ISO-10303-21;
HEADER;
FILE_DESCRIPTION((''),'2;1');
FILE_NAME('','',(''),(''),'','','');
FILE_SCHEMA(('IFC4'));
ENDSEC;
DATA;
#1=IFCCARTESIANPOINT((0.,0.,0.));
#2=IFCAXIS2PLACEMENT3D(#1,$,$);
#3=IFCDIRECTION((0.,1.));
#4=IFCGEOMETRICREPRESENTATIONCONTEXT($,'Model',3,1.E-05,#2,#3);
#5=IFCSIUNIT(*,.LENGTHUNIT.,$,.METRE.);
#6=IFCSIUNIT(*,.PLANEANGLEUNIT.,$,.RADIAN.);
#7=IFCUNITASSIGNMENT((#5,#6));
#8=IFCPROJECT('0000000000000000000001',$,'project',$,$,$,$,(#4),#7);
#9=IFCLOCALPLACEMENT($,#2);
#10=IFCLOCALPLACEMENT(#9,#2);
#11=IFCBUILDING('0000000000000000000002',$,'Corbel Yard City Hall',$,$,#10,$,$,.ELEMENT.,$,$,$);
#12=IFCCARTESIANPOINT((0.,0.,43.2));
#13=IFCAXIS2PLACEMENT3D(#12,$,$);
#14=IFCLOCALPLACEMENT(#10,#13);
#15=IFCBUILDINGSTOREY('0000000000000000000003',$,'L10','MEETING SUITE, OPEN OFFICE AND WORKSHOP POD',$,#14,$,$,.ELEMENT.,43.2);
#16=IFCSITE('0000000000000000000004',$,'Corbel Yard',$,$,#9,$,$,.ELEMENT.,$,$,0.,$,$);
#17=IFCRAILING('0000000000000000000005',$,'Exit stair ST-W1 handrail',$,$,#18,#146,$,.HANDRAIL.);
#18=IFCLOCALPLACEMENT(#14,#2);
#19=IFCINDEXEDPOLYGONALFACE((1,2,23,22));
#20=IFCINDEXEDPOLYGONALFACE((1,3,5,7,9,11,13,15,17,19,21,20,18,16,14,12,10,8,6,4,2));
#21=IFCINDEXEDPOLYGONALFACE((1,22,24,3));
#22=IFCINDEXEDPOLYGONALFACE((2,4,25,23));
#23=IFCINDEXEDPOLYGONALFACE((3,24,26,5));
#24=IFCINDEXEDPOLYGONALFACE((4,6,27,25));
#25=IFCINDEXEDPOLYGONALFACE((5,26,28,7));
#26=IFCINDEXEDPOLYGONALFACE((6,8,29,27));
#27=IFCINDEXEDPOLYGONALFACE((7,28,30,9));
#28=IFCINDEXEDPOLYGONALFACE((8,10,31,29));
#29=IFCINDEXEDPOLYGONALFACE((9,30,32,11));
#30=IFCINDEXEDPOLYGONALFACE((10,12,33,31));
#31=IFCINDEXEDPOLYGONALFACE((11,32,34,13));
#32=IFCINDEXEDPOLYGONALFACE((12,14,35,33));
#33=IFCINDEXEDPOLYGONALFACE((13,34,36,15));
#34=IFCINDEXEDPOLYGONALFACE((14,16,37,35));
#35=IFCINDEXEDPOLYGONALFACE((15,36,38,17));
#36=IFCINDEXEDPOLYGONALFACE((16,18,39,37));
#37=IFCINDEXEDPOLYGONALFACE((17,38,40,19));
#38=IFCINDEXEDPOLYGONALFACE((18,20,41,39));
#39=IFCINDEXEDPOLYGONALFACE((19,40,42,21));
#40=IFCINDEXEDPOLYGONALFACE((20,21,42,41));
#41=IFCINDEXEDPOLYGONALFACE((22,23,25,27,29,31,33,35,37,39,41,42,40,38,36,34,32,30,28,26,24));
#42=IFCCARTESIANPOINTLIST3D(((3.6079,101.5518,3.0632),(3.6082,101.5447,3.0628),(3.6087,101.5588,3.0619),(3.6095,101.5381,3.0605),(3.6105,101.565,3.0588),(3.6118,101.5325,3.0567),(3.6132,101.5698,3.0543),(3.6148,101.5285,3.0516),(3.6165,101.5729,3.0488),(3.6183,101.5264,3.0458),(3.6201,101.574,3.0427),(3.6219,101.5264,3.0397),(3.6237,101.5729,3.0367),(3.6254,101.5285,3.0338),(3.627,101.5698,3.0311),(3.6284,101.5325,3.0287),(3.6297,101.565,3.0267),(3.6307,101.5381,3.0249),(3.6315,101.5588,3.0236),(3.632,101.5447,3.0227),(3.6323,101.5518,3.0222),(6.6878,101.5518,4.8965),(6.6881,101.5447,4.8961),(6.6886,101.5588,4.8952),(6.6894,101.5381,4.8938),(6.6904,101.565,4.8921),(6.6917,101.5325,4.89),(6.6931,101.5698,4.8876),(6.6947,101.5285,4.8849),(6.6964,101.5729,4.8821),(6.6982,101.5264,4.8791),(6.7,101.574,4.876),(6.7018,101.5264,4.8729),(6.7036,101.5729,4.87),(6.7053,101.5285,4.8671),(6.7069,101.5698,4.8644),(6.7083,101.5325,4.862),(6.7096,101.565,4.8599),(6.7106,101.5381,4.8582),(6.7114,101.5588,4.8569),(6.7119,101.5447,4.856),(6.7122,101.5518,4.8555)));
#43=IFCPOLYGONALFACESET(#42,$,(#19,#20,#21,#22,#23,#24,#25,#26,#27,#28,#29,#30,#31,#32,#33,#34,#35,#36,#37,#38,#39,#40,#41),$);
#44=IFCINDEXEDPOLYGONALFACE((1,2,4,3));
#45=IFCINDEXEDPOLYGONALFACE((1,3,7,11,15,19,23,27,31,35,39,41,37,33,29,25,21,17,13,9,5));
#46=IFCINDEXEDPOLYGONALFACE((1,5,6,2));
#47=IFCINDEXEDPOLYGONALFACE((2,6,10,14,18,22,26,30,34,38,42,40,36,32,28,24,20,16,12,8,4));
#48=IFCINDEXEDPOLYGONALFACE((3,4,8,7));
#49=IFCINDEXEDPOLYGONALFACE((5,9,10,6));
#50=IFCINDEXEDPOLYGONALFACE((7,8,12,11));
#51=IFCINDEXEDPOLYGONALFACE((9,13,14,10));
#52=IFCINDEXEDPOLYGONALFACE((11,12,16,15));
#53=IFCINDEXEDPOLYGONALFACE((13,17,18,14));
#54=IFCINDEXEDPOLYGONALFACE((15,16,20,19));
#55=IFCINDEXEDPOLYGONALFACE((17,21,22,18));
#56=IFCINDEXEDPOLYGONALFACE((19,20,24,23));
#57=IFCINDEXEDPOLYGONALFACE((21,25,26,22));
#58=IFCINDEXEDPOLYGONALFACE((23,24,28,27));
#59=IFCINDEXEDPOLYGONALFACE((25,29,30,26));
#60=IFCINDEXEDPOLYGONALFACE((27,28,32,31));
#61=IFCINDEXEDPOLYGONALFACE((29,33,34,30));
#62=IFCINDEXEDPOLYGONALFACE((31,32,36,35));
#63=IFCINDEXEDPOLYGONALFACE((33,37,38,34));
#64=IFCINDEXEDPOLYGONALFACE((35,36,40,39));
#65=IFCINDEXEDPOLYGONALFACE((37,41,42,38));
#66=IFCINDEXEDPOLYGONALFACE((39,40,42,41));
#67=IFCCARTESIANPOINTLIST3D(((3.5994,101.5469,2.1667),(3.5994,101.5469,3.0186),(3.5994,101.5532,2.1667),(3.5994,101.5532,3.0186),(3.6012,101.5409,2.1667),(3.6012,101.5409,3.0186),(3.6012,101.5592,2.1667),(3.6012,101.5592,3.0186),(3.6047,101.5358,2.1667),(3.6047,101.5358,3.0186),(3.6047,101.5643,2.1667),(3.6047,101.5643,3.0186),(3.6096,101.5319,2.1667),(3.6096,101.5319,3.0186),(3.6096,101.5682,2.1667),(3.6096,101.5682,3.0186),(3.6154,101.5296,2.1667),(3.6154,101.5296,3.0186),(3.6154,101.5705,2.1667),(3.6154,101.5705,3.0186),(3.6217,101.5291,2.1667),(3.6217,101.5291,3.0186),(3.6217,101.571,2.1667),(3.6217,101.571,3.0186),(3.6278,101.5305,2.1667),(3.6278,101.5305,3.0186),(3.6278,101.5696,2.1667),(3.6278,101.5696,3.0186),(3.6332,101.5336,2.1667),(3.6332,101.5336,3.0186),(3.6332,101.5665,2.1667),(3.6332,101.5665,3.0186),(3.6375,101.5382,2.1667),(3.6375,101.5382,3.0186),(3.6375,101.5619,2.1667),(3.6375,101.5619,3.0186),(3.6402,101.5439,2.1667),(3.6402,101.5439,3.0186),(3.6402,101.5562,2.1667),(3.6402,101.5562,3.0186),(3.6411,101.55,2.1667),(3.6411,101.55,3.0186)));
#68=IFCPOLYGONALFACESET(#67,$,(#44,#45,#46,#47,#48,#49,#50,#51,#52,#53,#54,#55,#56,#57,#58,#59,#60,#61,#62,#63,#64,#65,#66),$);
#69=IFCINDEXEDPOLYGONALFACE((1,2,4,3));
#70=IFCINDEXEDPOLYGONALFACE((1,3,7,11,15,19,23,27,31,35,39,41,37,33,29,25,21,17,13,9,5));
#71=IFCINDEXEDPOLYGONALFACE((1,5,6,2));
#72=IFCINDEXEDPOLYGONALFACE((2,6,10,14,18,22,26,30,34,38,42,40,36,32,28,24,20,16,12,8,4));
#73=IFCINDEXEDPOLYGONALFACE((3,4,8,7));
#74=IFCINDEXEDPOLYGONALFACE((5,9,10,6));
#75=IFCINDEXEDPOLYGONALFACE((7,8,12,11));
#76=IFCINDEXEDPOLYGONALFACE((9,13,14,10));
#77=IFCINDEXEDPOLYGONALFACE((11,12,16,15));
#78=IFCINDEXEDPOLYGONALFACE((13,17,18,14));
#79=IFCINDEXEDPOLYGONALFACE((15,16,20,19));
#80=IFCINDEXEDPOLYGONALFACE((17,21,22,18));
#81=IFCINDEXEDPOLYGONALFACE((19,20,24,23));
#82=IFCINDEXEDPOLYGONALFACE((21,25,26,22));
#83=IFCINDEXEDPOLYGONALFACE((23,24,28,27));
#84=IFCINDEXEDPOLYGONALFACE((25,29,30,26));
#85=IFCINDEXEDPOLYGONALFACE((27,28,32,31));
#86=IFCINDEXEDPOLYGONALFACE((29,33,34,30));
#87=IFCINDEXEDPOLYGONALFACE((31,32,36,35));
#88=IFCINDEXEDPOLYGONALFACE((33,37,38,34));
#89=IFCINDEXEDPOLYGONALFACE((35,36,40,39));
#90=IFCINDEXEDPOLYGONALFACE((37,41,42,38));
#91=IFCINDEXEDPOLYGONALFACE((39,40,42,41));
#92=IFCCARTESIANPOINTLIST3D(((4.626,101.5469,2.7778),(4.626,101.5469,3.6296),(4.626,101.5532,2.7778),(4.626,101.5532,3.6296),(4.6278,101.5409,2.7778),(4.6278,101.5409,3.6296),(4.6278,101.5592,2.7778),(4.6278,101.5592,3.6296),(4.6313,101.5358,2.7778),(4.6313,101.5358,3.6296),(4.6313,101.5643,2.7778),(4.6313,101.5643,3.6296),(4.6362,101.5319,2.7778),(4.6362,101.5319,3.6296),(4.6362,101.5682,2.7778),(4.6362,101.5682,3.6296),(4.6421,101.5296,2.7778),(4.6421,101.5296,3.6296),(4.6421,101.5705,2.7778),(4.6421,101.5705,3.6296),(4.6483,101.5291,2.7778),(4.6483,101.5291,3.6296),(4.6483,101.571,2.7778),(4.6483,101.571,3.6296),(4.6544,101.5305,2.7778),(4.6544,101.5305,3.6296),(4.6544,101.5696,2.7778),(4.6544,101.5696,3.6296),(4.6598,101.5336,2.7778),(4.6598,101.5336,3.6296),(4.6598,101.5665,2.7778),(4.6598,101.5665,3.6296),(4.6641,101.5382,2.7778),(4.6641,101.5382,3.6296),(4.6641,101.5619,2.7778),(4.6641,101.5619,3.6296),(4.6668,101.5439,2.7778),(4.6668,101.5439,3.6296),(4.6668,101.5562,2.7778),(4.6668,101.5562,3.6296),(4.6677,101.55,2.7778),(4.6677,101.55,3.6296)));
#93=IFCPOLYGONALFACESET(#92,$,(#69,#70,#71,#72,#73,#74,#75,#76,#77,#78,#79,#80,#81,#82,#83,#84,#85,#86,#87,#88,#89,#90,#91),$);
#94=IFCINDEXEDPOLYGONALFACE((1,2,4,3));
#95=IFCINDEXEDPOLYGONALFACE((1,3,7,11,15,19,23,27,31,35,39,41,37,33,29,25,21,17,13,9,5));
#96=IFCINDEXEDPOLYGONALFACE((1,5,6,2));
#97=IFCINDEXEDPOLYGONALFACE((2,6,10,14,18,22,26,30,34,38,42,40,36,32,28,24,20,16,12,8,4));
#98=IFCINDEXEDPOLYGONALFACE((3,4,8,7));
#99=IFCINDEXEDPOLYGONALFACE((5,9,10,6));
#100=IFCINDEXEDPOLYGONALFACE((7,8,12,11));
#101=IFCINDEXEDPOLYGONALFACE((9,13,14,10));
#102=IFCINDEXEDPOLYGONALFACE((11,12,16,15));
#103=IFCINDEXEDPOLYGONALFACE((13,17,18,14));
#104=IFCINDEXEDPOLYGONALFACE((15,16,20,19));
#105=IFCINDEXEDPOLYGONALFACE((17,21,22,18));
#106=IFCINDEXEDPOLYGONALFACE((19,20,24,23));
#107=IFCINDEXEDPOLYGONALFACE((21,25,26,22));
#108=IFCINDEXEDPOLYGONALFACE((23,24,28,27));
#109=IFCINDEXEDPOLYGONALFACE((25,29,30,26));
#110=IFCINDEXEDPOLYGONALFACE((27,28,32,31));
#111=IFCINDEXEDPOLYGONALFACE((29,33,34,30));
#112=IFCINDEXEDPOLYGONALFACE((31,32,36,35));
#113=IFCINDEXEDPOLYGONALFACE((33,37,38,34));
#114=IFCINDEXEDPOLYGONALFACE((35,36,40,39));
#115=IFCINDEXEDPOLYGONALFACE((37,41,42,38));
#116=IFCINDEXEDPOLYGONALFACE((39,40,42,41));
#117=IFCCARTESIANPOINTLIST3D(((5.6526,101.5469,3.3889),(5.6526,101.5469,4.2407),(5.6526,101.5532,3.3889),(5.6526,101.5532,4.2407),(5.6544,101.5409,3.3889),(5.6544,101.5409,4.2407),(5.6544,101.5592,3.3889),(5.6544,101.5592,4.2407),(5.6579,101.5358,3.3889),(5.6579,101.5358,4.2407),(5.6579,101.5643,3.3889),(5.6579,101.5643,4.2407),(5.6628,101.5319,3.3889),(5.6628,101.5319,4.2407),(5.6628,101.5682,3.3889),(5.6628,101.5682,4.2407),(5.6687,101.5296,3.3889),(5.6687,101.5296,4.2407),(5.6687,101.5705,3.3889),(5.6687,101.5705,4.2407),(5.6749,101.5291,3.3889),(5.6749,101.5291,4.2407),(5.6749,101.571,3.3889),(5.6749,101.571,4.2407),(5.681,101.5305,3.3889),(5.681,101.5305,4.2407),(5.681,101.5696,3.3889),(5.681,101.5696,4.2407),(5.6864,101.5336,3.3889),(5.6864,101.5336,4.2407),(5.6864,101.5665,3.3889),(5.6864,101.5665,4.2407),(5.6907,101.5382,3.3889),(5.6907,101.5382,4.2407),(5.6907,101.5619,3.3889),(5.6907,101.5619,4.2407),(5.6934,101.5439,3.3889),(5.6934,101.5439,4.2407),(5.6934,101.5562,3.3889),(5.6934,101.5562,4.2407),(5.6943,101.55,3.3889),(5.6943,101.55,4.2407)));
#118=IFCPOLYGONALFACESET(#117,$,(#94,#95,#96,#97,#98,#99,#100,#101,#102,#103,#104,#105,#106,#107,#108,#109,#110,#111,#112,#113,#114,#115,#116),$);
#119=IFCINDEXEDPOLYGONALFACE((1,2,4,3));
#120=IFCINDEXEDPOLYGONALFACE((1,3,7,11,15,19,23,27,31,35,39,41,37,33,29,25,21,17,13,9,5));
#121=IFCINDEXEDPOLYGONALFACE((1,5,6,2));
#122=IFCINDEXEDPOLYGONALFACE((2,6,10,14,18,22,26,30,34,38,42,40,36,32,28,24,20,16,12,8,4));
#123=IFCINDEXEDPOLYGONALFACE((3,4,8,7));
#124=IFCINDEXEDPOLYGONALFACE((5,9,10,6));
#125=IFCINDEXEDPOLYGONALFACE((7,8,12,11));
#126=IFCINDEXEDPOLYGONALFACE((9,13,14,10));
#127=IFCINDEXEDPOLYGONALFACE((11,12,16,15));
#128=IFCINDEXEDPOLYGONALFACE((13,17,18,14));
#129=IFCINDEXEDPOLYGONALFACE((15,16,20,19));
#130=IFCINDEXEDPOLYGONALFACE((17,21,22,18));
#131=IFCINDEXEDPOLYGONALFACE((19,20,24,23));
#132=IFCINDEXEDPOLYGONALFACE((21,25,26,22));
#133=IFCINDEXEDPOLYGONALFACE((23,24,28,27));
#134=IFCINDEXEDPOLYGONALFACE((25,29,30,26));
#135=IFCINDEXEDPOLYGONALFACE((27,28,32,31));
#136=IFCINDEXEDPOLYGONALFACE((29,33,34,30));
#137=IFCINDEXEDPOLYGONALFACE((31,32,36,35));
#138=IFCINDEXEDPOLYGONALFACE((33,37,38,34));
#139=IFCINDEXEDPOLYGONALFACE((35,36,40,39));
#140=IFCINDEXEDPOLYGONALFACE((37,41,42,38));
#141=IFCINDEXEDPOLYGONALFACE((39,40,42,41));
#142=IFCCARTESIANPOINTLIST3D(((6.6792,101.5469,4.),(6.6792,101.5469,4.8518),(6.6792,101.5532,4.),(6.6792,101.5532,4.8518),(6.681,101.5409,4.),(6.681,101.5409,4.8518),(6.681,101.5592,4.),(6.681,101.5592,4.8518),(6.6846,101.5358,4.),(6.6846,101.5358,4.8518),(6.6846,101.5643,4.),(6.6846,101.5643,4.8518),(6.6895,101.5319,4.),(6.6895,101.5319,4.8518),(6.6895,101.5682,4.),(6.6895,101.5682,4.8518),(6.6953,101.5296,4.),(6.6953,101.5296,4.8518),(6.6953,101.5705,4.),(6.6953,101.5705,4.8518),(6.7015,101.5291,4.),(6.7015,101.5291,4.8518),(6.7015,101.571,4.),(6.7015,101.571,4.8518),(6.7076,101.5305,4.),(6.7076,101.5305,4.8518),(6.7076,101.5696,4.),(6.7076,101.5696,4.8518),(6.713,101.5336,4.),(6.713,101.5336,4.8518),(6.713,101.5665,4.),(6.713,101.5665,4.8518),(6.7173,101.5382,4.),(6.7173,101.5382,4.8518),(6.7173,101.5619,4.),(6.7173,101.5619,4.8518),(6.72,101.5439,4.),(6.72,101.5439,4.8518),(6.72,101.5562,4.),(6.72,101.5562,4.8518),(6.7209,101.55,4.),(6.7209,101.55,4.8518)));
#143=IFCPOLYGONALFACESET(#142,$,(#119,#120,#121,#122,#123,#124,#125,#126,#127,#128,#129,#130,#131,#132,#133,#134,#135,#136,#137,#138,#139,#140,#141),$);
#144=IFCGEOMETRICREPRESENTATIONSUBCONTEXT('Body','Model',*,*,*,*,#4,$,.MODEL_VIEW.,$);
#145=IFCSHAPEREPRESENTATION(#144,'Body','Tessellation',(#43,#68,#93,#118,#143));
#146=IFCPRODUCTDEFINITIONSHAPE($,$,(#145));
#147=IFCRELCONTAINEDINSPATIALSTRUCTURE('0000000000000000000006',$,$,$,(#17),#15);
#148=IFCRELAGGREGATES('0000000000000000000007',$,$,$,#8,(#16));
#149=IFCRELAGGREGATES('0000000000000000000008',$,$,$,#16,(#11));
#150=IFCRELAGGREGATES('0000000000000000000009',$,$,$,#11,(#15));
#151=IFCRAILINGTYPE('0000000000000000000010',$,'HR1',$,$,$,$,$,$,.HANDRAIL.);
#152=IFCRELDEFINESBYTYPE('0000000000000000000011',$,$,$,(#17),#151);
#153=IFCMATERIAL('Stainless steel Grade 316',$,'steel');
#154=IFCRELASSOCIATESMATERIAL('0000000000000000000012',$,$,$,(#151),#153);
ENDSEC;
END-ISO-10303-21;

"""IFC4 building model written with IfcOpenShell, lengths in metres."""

from ifc_helpers import new_model, si_unit, direction, frame, origin, origin_2d, place, context, subcontext, project, spatial, circle, extrude, material, type_object, element, save


model = new_model("IFC4")

# Units and contexts
model_context = context("Model", 3, precision=1e-05, world=origin(), true_north=direction((0.0, 1.0)))
body_context = subcontext(model_context, "Body", "Model", "MODEL_VIEW")
ifc_project = project(units=[si_unit("LENGTHUNIT", "METRE"), si_unit("PLANEANGLEUNIT", "RADIAN")], contexts=[model_context])

# Site, building, storey
site_placement = place(None, origin())
site = spatial("IfcSite", under=ifc_project, at=site_placement, Name="Corbel Yard", CompositionType="ELEMENT", RefElevation=0.0)
building_placement = place(site_placement, origin())
building = spatial("IfcBuilding", under=site, at=building_placement, Name="Corbel Yard City Hall", CompositionType="ELEMENT")
storey_placement = place(building_placement, frame((0.0, 0.0, 43.2)))
storey = spatial("IfcBuildingStorey", under=building, at=storey_placement, Name="L10", Description="MEETING SUITE, OPEN OFFICE AND WORKSHOP POD", CompositionType="ELEMENT", Elevation=43.2)

# Railing
ifc_material_1 = material(Name="Stainless steel Grade 316", Category="steel")
railing_type = type_object("IfcRailingType", Name="HR1", PredefinedType="HANDRAIL", material=ifc_material_1)
railing_placement = place(storey_placement, frame((3.6201, 101.55, 2.1667)))
element("IfcRailing", 1, at=railing_placement, inside=storey, type_object=railing_type, Name="Exit stair ST-W1 handrail", PredefinedType="HANDRAIL", context=body_context, shape_type="SweptSolid", body=[
    extrude(circle(Radius=0.0239, at=origin_2d()), frame((0.0, 0.0, 0.876), z_axis=(0.859291, 0.0, 0.511487), x_axis=(0.0, 1.0, 0.0)), (0.0, 0.0, 1.0), 3.5842),
    extrude(circle(Radius=0.021, at=origin_2d()), origin(), (0.0, 0.0, 1.0), 0.8518),
    extrude(circle(Radius=0.021, at=origin_2d()), frame((1.0266, 0.0, 0.6111)), (0.0, 0.0, 1.0), 0.8518),
    extrude(circle(Radius=0.021, at=origin_2d()), frame((2.0532, 0.0, 1.2222)), (0.0, 0.0, 1.0), 0.8518),
    extrude(circle(Radius=0.021, at=origin_2d()), frame((3.0798, 0.0, 1.8333)), (0.0, 0.0, 1.0), 0.8518),
])

save(model, "model.ifc")
